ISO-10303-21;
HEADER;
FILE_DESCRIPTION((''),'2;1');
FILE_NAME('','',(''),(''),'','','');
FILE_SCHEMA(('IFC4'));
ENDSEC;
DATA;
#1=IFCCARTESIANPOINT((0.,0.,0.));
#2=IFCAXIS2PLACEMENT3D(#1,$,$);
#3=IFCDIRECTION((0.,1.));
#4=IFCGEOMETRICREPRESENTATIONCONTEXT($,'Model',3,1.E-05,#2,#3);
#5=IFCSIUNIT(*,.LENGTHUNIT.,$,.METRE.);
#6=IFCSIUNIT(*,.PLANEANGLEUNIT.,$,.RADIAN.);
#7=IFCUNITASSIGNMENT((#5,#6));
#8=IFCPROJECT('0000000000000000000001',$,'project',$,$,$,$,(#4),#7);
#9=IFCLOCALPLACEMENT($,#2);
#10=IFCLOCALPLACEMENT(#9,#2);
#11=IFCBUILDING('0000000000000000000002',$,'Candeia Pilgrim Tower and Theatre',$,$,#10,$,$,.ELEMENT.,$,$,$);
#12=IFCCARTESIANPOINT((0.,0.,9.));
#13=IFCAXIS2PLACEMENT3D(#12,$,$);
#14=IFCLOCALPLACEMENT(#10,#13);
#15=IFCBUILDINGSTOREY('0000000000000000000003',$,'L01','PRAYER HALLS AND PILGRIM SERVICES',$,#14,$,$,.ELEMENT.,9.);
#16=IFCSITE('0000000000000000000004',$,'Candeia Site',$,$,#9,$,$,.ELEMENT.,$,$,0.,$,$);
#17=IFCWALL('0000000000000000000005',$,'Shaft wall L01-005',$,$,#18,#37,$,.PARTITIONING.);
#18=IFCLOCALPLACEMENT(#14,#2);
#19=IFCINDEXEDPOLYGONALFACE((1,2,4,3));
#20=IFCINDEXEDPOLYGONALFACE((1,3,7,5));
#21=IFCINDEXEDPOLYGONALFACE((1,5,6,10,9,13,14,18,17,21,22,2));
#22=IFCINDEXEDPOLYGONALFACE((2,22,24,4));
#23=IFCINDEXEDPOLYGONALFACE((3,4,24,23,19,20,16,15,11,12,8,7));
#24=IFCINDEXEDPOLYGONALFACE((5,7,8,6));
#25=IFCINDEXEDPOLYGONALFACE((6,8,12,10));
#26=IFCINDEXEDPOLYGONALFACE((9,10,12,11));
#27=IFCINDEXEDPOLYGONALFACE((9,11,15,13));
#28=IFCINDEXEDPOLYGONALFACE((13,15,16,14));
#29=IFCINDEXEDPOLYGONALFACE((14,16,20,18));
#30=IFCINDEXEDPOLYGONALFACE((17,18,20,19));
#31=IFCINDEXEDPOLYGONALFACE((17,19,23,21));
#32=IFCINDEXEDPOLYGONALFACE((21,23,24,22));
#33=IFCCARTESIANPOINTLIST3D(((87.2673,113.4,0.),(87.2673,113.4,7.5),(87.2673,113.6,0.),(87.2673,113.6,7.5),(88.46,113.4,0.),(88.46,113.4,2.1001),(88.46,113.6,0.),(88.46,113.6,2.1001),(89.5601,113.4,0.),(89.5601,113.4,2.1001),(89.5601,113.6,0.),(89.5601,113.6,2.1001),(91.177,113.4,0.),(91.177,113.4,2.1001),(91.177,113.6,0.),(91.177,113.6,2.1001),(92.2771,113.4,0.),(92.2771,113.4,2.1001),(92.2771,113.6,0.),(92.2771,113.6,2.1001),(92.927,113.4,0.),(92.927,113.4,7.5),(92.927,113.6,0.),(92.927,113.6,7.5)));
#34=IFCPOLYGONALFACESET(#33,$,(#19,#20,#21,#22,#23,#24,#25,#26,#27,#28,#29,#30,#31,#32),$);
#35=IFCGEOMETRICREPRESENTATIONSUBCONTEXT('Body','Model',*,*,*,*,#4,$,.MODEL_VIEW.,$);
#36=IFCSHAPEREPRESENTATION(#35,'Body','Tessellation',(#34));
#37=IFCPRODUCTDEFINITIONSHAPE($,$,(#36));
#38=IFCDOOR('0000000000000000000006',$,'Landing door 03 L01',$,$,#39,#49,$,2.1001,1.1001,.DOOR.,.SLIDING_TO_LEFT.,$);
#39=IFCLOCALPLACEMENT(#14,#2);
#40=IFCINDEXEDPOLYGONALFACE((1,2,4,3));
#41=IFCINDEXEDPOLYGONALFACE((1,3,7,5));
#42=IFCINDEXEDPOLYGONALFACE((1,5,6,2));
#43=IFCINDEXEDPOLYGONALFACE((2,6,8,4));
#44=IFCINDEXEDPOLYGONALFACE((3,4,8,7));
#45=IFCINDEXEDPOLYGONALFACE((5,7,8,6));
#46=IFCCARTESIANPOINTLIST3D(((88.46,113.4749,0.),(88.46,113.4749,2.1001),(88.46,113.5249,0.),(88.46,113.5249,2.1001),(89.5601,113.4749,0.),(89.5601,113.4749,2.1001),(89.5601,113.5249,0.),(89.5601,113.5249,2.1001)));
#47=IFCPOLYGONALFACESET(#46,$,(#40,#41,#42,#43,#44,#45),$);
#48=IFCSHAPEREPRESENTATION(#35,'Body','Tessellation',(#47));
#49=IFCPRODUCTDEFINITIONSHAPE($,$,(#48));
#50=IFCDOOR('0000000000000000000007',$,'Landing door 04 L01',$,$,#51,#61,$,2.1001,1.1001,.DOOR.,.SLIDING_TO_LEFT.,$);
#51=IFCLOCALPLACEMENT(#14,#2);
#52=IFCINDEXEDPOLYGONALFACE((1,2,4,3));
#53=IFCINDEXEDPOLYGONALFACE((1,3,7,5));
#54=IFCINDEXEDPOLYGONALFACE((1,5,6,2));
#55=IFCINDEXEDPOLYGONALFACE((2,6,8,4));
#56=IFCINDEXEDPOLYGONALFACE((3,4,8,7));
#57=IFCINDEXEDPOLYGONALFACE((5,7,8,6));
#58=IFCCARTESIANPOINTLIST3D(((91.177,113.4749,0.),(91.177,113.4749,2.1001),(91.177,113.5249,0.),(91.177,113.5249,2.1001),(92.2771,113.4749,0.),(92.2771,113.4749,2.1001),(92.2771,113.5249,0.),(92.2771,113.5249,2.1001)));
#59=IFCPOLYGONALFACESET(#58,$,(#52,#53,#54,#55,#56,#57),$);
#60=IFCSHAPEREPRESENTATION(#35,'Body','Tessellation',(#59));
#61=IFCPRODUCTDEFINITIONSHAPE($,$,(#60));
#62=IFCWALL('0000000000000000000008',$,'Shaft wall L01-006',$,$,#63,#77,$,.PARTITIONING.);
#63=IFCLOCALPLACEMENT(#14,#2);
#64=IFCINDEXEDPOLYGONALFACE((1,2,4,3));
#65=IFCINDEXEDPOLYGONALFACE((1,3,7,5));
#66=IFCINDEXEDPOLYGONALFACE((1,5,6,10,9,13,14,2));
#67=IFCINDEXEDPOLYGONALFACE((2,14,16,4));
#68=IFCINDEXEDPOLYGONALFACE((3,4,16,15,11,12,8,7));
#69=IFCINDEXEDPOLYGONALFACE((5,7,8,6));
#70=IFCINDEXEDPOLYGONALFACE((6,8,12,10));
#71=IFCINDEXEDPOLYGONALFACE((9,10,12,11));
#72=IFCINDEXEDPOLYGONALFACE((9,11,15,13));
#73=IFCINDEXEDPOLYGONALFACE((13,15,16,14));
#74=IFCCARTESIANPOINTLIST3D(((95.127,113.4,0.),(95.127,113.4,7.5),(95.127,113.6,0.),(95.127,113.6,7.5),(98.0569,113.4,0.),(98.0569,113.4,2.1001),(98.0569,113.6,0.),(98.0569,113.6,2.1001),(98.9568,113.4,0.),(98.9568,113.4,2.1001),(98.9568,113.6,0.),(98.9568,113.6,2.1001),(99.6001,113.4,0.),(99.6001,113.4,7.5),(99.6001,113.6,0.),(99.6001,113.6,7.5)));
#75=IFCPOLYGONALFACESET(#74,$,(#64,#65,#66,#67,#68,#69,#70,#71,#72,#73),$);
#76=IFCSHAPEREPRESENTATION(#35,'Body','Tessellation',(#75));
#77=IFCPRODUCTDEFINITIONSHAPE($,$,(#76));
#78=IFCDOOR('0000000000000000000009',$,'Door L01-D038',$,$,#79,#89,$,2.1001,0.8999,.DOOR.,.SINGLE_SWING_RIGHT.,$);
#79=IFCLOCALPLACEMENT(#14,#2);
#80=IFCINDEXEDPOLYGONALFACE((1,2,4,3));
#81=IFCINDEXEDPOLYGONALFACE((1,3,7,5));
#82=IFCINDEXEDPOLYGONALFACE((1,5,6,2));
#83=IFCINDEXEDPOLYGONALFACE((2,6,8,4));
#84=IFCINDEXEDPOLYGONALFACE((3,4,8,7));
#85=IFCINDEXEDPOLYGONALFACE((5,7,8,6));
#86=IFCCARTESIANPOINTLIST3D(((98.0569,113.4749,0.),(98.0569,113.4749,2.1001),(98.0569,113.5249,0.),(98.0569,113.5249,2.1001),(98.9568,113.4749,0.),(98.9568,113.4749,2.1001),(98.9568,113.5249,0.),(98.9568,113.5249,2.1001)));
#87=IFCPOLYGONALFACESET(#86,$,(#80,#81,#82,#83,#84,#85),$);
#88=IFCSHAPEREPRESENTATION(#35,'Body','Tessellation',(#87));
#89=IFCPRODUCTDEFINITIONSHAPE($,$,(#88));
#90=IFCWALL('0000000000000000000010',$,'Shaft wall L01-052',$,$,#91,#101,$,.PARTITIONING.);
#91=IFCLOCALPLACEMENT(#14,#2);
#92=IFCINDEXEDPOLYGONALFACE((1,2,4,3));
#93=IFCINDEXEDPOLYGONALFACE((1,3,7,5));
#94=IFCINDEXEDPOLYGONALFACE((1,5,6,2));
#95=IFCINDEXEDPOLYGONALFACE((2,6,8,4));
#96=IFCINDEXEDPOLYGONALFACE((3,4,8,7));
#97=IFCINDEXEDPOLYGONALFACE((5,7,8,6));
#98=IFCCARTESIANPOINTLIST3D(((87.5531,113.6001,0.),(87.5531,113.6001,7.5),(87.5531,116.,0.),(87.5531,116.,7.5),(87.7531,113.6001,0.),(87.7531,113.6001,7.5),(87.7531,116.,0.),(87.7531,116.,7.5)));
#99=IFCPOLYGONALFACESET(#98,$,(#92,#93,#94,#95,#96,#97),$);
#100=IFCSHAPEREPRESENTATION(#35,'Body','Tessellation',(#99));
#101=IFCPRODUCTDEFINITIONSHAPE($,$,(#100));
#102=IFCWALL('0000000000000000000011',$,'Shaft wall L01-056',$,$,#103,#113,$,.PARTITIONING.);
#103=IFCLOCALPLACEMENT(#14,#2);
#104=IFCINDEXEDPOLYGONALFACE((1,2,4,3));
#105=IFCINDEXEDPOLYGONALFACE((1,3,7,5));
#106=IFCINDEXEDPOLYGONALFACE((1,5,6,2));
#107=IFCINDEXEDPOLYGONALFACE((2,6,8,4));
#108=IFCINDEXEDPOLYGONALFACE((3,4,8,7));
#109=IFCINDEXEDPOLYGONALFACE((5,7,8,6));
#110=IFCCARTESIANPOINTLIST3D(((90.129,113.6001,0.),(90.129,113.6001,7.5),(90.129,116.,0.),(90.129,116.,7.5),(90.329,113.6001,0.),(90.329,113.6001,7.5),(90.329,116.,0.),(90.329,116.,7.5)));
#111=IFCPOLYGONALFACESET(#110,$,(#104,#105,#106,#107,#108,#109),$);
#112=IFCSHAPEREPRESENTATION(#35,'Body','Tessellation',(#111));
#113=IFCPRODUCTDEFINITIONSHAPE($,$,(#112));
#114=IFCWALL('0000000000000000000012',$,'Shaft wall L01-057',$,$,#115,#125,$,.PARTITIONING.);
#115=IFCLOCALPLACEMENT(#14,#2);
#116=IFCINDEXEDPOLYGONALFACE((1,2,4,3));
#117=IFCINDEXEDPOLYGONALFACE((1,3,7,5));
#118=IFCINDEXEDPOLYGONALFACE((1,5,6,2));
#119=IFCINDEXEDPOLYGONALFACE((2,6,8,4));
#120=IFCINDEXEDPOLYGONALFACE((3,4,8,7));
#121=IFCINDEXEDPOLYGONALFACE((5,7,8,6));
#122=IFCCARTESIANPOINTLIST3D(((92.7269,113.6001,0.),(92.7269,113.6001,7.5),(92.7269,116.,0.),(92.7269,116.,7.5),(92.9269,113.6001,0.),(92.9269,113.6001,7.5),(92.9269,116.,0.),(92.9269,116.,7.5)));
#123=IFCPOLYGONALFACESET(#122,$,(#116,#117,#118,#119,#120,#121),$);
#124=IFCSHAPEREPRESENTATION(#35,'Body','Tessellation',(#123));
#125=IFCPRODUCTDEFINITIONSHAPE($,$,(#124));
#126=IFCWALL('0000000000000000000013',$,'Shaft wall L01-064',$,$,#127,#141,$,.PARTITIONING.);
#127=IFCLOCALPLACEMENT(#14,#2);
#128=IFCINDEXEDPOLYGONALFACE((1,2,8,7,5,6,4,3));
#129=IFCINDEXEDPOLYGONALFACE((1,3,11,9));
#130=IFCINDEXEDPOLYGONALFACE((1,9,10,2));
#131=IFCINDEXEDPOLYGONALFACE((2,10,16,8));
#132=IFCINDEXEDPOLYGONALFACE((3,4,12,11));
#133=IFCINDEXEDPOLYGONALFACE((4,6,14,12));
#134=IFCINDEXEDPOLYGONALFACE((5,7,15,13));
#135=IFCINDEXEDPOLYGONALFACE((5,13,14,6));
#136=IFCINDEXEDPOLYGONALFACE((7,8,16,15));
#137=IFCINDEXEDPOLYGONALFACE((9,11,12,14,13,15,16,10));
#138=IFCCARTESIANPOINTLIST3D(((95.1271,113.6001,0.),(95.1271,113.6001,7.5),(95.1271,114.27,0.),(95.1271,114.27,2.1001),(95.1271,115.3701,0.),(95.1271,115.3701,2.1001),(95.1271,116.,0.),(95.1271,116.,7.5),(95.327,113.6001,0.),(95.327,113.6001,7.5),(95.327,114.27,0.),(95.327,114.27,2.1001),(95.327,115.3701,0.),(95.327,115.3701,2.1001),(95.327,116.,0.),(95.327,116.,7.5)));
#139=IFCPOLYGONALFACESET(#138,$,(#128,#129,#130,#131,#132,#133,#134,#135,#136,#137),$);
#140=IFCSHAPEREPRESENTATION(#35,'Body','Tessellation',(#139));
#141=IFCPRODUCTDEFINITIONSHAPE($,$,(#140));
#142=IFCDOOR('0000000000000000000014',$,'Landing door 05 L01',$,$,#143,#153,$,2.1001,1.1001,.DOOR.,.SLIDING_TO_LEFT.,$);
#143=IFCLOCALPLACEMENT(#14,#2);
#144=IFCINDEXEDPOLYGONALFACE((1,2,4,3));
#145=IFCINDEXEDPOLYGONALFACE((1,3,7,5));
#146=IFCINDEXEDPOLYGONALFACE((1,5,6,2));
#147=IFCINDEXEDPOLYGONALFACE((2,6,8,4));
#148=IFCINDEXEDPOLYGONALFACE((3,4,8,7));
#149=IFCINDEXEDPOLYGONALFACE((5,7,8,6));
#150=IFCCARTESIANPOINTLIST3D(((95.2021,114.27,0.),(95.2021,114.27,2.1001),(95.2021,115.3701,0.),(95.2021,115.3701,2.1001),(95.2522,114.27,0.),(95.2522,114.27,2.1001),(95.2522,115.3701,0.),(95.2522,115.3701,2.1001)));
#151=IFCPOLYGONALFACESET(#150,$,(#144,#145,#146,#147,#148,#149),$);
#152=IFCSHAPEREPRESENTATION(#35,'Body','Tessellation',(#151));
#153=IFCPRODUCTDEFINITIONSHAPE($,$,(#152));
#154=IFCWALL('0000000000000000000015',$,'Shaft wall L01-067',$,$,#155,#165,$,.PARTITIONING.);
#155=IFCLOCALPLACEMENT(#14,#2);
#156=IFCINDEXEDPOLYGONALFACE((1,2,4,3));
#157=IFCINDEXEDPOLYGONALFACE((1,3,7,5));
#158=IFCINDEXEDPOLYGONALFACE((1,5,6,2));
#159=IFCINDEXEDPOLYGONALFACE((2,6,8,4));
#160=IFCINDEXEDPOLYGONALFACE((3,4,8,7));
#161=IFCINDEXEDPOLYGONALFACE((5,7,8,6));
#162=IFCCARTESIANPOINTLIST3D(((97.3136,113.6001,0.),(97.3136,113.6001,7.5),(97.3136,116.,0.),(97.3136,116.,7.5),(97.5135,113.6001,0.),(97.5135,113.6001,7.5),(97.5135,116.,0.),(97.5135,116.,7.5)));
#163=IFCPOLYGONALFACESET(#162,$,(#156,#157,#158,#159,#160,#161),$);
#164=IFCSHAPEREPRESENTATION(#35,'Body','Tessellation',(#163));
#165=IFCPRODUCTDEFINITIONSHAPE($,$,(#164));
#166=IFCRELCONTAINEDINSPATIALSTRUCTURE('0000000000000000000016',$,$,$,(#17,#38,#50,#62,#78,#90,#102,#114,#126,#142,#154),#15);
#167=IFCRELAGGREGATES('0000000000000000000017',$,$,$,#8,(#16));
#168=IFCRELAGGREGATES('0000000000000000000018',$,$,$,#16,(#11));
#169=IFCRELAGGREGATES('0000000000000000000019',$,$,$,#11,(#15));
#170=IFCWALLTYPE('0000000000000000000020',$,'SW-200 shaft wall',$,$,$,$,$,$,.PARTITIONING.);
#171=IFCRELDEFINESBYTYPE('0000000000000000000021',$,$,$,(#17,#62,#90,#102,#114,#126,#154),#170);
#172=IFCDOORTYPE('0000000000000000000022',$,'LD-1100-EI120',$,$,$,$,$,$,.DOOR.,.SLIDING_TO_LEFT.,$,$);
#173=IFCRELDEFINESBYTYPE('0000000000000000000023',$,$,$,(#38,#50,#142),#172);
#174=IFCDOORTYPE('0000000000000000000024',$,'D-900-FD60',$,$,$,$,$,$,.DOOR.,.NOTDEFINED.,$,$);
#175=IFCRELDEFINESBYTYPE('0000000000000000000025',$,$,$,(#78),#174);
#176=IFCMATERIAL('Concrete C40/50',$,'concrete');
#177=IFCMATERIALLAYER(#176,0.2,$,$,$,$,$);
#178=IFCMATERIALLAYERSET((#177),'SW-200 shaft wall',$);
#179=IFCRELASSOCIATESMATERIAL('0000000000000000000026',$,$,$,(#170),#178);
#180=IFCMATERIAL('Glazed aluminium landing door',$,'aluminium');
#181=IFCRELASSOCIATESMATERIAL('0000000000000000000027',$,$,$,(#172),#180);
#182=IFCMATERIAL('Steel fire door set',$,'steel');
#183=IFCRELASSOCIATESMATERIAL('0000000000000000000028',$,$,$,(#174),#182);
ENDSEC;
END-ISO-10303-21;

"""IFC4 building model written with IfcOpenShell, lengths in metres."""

from ifc_helpers import new_model, si_unit, direction, frame, frame_2d, origin, place, context, subcontext, project, spatial, rectangle, extrude, material, layer, layer_set, type_object, element, fill, save


model = new_model("IFC4")

# Units and contexts
model_context = context("Model", 3, precision=1e-05, world=origin(), true_north=direction((0.0, 1.0)))
body_context = subcontext(model_context, "Body", "Model", "MODEL_VIEW")
ifc_project = project(units=[si_unit("LENGTHUNIT", "METRE"), si_unit("PLANEANGLEUNIT", "RADIAN")], contexts=[model_context])

# Site, building, storey
site_placement = place(None, origin())
site = spatial("IfcSite", under=ifc_project, at=site_placement, Name="Candeia Site", CompositionType="ELEMENT", RefElevation=0.0)
building_placement = place(site_placement, origin())
building = spatial("IfcBuilding", under=site, at=building_placement, Name="Candeia Pilgrim Tower and Theatre", CompositionType="ELEMENT")
storey_placement = place(building_placement, frame((0.0, 0.0, 9.0)))
storey = spatial("IfcBuildingStorey", under=building, at=storey_placement, Name="L01", Description="PRAYER HALLS AND PILGRIM SERVICES", CompositionType="ELEMENT", Elevation=9.0)

# Shared definitions
ifc_material_1 = material(Name="Steel fire door set", Category="steel")

# Wall, openings, doors
ifc_material_2 = material(Name="Concrete C40/50", Category="concrete")
ifc_layer_1 = layer(ifc_material_2, 0.2)
ifc_layer_set_1 = layer_set([ifc_layer_1], Name="SW-200 shaft wall")
wall_type_1 = type_object("IfcWallType", Name="SW-200 shaft wall", PredefinedType="PARTITIONING", material=ifc_layer_set_1)
wall_1_placement = place(storey_placement, frame((87.2673, 113.5, 0.0), z_axis=(0.0, 0.0, 1.0), x_axis=(1.0, 0.0, 0.0)))
wall_1 = element("IfcWall", 1, at=wall_1_placement, inside=storey, type_object=wall_type_1, Name="Shaft wall L01-005", PredefinedType="PARTITIONING", context=body_context, shape_type="SweptSolid", body=[
    extrude(rectangle(XDim=5.6597, YDim=0.2, at=frame_2d((2.8298, 0.0))), origin(), (0.0, 0.0, 1.0), 7.5),
])
opening_1_placement = place(wall_1_placement, frame((1.1926, 0.0, 0.0)))
opening_1 = element("IfcOpeningElement", 2, at=opening_1_placement, cuts=wall_1, PredefinedType="OPENING", context=body_context, shape_type="SweptSolid", body=[
    extrude(rectangle(XDim=1.1001, YDim=2.1001, at=frame_2d((0.55, 1.05))), frame((0.0, 0.1099, 0.0), z_axis=(0.0, -1.0, 0.0), x_axis=(1.0, 0.0, 0.0)), (0.0, 0.0, 1.0), 0.22),
])
opening_2_placement = place(wall_1_placement, frame((3.9097, 0.0, 0.0)))
opening_2 = element("IfcOpeningElement", 3, at=opening_2_placement, cuts=wall_1, PredefinedType="OPENING", context=body_context, shape_type="SweptSolid", body=[
    extrude(rectangle(XDim=1.1001, YDim=2.1001, at=frame_2d((0.55, 1.05))), frame((0.0, 0.1099, 0.0), z_axis=(0.0, -1.0, 0.0), x_axis=(1.0, 0.0, 0.0)), (0.0, 0.0, 1.0), 0.22),
])
ifc_material_3 = material(Name="Glazed aluminium landing door", Category="aluminium")
door_type_1 = type_object("IfcDoorType", Name="LD-1100-EI120", OperationType="SLIDING_TO_LEFT", PredefinedType="DOOR", material=ifc_material_3)
door_1_placement = place(opening_1_placement, origin())
door_1 = element("IfcDoor", 4, at=door_1_placement, inside=storey, type_object=door_type_1, Name="Landing door 03 L01", OperationType="SLIDING_TO_LEFT", OverallHeight=2.1001, OverallWidth=1.1001, PredefinedType="DOOR", context=body_context, shape_type="SweptSolid", body=[
    extrude(rectangle(XDim=1.1001, YDim=2.1001, at=frame_2d((0.55, 1.05))), frame((0.0, 0.0249, 0.0), z_axis=(0.0, -1.0, 0.0), x_axis=(1.0, 0.0, 0.0)), (0.0, 0.0, 1.0), 0.05),
])
fill(opening_1, door_1)
door_2_placement = place(opening_2_placement, origin())
door_2 = element("IfcDoor", 5, at=door_2_placement, inside=storey, type_object=door_type_1, Name="Landing door 04 L01", OperationType="SLIDING_TO_LEFT", OverallHeight=2.1001, OverallWidth=1.1001, PredefinedType="DOOR", context=body_context, shape_type="SweptSolid", body=[
    extrude(rectangle(XDim=1.1001, YDim=2.1001, at=frame_2d((0.55, 1.05))), frame((0.0, 0.0249, 0.0), z_axis=(0.0, -1.0, 0.0), x_axis=(1.0, 0.0, 0.0)), (0.0, 0.0, 1.0), 0.05),
])
fill(opening_2, door_2)

# Wall, opening, door
wall_2_placement = place(storey_placement, frame((95.127, 113.5, 0.0), z_axis=(0.0, 0.0, 1.0), x_axis=(1.0, 0.0, 0.0)))
wall_2 = element("IfcWall", 6, at=wall_2_placement, inside=storey, type_object=wall_type_1, Name="Shaft wall L01-006", PredefinedType="PARTITIONING", context=body_context, shape_type="SweptSolid", body=[
    extrude(rectangle(XDim=4.4731, YDim=0.2, at=frame_2d((2.2366, 0.0))), origin(), (0.0, 0.0, 1.0), 7.5),
])
opening_3_placement = place(wall_2_placement, frame((2.9299, 0.0, 0.0)))
opening_3 = element("IfcOpeningElement", 7, at=opening_3_placement, cuts=wall_2, PredefinedType="OPENING", context=body_context, shape_type="SweptSolid", body=[
    extrude(rectangle(XDim=0.8999, YDim=2.1001, at=frame_2d((0.45, 1.05))), frame((0.0, 0.1099, 0.0), z_axis=(0.0, -1.0, 0.0), x_axis=(1.0, 0.0, 0.0)), (0.0, 0.0, 1.0), 0.22),
])
door_type_2 = type_object("IfcDoorType", Name="D-900-FD60", OperationType="NOTDEFINED", PredefinedType="DOOR", material=ifc_material_1)
door_3_placement = place(opening_3_placement, origin())
door_3 = element("IfcDoor", 8, at=door_3_placement, inside=storey, type_object=door_type_2, Name="Door L01-D038", OperationType="SINGLE_SWING_RIGHT", OverallHeight=2.1001, OverallWidth=0.8999, PredefinedType="DOOR", context=body_context, shape_type="SweptSolid", body=[
    extrude(rectangle(XDim=0.8999, YDim=2.1001, at=frame_2d((0.45, 1.05))), frame((0.0, 0.0249, 0.0), z_axis=(0.0, -1.0, 0.0), x_axis=(1.0, 0.0, 0.0)), (0.0, 0.0, 1.0), 0.05),
])
fill(opening_3, door_3)

# Walls
for number, where, z_axis, x_axis, name in (
    (9, (87.6531, 113.6001, 0.0), (0.0, 0.0, 1.0), (0.0, 1.0, 0.0), "Shaft wall L01-052"),
    (10, (90.229, 113.6001, 0.0), (0.0, 0.0, 1.0), (0.0, 1.0, 0.0), "Shaft wall L01-056"),
    (11, (92.8269, 113.6001, 0.0), (0.0, 0.0, 1.0), (0.0, 1.0, 0.0), "Shaft wall L01-057"),
):
    element("IfcWall", number, at=place(storey_placement, frame(where, z_axis=z_axis, x_axis=x_axis)), inside=storey, type_object=wall_type_1, Name=name, PredefinedType="PARTITIONING", context=body_context, shape_type="SweptSolid", body=[
        extrude(rectangle(XDim=2.3999, YDim=0.2, at=frame_2d((1.2, 0.0))), origin(), (0.0, 0.0, 1.0), 7.5),
    ])

# Wall, opening, door
wall_3_placement = place(storey_placement, frame((95.2271, 113.6001, 0.0), z_axis=(0.0, 0.0, 1.0), x_axis=(0.0, 1.0, 0.0)))
wall_3 = element("IfcWall", 12, at=wall_3_placement, inside=storey, type_object=wall_type_1, Name="Shaft wall L01-064", PredefinedType="PARTITIONING", context=body_context, shape_type="SweptSolid", body=[
    extrude(rectangle(XDim=2.3999, YDim=0.2, at=frame_2d((1.2, 0.0))), origin(), (0.0, 0.0, 1.0), 7.5),
])
opening_4_placement = place(wall_3_placement, frame((0.6699, 0.0, 0.0)))
opening_4 = element("IfcOpeningElement", 13, at=opening_4_placement, cuts=wall_3, PredefinedType="OPENING", context=body_context, shape_type="SweptSolid", body=[
    extrude(rectangle(XDim=1.1001, YDim=2.1001, at=frame_2d((0.55, 1.05))), frame((0.0, 0.1099, 0.0), z_axis=(0.0, -1.0, 0.0), x_axis=(1.0, 0.0, 0.0)), (0.0, 0.0, 1.0), 0.22),
])
door_4_placement = place(opening_4_placement, origin())
door_4 = element("IfcDoor", 14, at=door_4_placement, inside=storey, type_object=door_type_1, Name="Landing door 05 L01", OperationType="SLIDING_TO_LEFT", OverallHeight=2.1001, OverallWidth=1.1001, PredefinedType="DOOR", context=body_context, shape_type="SweptSolid", body=[
    extrude(rectangle(XDim=1.1001, YDim=2.1001, at=frame_2d((0.55, 1.05))), frame((0.0, 0.0249, 0.0), z_axis=(0.0, -1.0, 0.0), x_axis=(1.0, 0.0, 0.0)), (0.0, 0.0, 1.0), 0.05),
])
fill(opening_4, door_4)

# Wall
wall_4_placement = place(storey_placement, frame((97.4136, 113.6001, 0.0), z_axis=(0.0, 0.0, 1.0), x_axis=(0.0, 1.0, 0.0)))
element("IfcWall", 15, at=wall_4_placement, inside=storey, type_object=wall_type_1, Name="Shaft wall L01-067", PredefinedType="PARTITIONING", context=body_context, shape_type="SweptSolid", body=[
    extrude(rectangle(XDim=2.3999, YDim=0.2, at=frame_2d((1.2, 0.0))), origin(), (0.0, 0.0, 1.0), 7.5),
])

save(model, "model.ifc")
